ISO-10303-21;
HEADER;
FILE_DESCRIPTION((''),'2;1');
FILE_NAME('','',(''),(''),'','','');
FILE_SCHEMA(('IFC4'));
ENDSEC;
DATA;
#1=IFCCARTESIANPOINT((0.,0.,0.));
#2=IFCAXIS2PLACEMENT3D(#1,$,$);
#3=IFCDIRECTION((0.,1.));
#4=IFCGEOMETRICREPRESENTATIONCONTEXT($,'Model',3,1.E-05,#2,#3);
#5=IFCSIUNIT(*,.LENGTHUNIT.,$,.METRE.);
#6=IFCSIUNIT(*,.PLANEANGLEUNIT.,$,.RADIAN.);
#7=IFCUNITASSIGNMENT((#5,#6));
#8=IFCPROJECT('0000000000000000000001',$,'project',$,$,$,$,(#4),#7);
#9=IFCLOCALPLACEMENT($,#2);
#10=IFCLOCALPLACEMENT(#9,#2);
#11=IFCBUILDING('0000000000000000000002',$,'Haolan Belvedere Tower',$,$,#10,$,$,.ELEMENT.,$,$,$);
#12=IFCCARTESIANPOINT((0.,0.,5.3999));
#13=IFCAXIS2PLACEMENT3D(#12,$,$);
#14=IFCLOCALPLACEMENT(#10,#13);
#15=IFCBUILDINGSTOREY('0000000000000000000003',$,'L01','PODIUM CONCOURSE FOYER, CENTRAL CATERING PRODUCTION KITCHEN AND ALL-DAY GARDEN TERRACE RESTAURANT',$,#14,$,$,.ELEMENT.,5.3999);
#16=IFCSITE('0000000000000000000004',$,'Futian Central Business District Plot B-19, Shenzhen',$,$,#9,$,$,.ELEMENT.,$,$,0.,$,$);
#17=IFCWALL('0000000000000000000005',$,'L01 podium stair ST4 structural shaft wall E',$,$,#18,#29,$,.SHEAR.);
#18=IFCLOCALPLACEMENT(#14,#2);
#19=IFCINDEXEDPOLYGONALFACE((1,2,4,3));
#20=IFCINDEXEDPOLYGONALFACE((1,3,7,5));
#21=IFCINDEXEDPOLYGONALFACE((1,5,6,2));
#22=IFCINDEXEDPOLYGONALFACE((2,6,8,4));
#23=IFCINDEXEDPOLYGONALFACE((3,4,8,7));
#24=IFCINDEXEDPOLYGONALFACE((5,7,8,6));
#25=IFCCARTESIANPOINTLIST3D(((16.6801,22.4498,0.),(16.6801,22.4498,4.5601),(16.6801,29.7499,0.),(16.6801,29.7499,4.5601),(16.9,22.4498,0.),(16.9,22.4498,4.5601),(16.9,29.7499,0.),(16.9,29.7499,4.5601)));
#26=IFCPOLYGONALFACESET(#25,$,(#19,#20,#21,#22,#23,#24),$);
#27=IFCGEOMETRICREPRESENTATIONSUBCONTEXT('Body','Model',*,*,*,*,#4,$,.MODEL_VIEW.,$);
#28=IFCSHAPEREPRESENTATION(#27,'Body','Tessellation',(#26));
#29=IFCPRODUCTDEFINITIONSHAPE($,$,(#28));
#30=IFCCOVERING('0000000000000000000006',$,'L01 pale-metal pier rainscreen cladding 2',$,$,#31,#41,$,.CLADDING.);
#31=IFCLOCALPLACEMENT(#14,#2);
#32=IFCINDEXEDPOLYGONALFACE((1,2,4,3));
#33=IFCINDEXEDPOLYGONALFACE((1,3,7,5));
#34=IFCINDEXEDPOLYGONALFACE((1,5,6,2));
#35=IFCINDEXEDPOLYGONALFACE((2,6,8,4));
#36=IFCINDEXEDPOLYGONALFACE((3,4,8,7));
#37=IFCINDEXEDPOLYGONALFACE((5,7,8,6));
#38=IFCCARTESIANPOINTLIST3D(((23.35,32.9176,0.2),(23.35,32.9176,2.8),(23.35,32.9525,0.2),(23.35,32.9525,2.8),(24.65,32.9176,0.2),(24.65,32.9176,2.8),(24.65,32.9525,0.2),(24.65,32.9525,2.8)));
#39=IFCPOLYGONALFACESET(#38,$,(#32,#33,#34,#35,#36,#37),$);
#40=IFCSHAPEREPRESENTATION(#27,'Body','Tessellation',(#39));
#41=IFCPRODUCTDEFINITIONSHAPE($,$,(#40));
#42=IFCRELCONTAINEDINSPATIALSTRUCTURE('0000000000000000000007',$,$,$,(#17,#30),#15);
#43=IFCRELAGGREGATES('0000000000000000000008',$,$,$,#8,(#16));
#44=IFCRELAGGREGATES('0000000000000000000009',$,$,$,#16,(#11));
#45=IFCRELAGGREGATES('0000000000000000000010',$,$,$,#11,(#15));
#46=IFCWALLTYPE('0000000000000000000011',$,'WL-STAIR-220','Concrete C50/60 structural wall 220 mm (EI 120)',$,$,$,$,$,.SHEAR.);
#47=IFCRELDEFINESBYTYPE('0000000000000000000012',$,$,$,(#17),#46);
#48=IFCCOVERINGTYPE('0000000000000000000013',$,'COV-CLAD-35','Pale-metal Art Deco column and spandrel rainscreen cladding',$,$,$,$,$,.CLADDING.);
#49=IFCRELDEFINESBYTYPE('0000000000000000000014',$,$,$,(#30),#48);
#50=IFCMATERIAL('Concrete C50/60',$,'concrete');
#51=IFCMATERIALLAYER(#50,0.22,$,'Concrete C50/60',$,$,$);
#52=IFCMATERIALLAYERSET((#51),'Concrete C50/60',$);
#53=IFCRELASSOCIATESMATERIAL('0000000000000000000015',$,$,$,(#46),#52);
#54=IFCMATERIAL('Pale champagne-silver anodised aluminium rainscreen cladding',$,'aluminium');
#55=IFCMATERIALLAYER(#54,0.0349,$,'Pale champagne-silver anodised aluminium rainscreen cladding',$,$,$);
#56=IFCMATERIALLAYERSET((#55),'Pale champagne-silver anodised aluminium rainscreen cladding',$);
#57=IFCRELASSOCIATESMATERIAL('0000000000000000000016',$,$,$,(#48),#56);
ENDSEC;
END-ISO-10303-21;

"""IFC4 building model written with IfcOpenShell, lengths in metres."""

from ifc_helpers import new_model, si_unit, direction, frame, frame_2d, origin, origin_2d, place, context, subcontext, project, spatial, rectangle, extrude, material, layer, layer_set, type_object, element, save


model = new_model("IFC4")

# Units and contexts
model_context = context("Model", 3, precision=1e-05, world=origin(), true_north=direction((0.0, 1.0)))
body_context = subcontext(model_context, "Body", "Model", "MODEL_VIEW")
ifc_project = project(units=[si_unit("LENGTHUNIT", "METRE"), si_unit("PLANEANGLEUNIT", "RADIAN")], contexts=[model_context])

# Site, building, storey
site_placement = place(None, origin())
site = spatial("IfcSite", under=ifc_project, at=site_placement, Name="Futian Central Business District Plot B-19, Shenzhen", CompositionType="ELEMENT", RefElevation=0.0)
building_placement = place(site_placement, origin())
building = spatial("IfcBuilding", under=site, at=building_placement, Name="Haolan Belvedere Tower", CompositionType="ELEMENT")
storey_placement = place(building_placement, frame((0.0, 0.0, 5.3999)))
storey = spatial("IfcBuildingStorey", under=building, at=storey_placement, Name="L01", Description="PODIUM CONCOURSE FOYER, CENTRAL CATERING PRODUCTION KITCHEN AND ALL-DAY GARDEN TERRACE RESTAURANT", CompositionType="ELEMENT", Elevation=5.3999)

# Wall
ifc_material_1 = material(Name="Concrete C50/60", Category="concrete")
ifc_layer_1 = layer(ifc_material_1, 0.22, Name="Concrete C50/60")
ifc_layer_set_1 = layer_set([ifc_layer_1], Name="Concrete C50/60")
wall_type_1 = type_object("IfcWallType", Name="WL-STAIR-220", Description="Concrete C50/60 structural wall 220 mm (EI 120)", PredefinedType="SHEAR", material=ifc_layer_set_1)
wall_1_placement = place(storey_placement, frame((16.79, 22.45, 0.0), z_axis=(0.0, 0.0, 1.0), x_axis=(0.0, 1.0, 0.0)))
element("IfcWall", 1, at=wall_1_placement, inside=storey, type_object=wall_type_1, Name="L01 podium stair ST4 structural shaft wall E", PredefinedType="SHEAR", context=body_context, shape_type="SweptSolid", body=[
    extrude(rectangle(XDim=7.3, YDim=0.22, at=frame_2d((3.6499, 0.0))), origin(), (0.0, 0.0, 1.0), 4.5601),
])

# Covering
ifc_material_2 = material(Name="Pale champagne-silver anodised aluminium rainscreen cladding", Category="aluminium")
ifc_layer_2 = layer(ifc_material_2, 0.0349, Name="Pale champagne-silver anodised aluminium rainscreen cladding")
ifc_layer_set_2 = layer_set([ifc_layer_2], Name="Pale champagne-silver anodised aluminium rainscreen cladding")
covering_type = type_object("IfcCoveringType", Name="COV-CLAD-35", Description="Pale-metal Art Deco column and spandrel rainscreen cladding", PredefinedType="CLADDING", material=ifc_layer_set_2)
covering_placement = place(storey_placement, frame((24.0, 32.9351, 0.2), z_axis=(0.0, 0.0, 1.0), x_axis=(1.0, 0.0, 0.0)))
element("IfcCovering", 2, at=covering_placement, inside=storey, type_object=covering_type, Name="L01 pale-metal pier rainscreen cladding 2", PredefinedType="CLADDING", context=body_context, shape_type="SweptSolid", body=[
    extrude(rectangle(XDim=1.3, YDim=0.0349, at=origin_2d()), origin(), (0.0, 0.0, 1.0), 2.6001),
])

save(model, "model.ifc")
